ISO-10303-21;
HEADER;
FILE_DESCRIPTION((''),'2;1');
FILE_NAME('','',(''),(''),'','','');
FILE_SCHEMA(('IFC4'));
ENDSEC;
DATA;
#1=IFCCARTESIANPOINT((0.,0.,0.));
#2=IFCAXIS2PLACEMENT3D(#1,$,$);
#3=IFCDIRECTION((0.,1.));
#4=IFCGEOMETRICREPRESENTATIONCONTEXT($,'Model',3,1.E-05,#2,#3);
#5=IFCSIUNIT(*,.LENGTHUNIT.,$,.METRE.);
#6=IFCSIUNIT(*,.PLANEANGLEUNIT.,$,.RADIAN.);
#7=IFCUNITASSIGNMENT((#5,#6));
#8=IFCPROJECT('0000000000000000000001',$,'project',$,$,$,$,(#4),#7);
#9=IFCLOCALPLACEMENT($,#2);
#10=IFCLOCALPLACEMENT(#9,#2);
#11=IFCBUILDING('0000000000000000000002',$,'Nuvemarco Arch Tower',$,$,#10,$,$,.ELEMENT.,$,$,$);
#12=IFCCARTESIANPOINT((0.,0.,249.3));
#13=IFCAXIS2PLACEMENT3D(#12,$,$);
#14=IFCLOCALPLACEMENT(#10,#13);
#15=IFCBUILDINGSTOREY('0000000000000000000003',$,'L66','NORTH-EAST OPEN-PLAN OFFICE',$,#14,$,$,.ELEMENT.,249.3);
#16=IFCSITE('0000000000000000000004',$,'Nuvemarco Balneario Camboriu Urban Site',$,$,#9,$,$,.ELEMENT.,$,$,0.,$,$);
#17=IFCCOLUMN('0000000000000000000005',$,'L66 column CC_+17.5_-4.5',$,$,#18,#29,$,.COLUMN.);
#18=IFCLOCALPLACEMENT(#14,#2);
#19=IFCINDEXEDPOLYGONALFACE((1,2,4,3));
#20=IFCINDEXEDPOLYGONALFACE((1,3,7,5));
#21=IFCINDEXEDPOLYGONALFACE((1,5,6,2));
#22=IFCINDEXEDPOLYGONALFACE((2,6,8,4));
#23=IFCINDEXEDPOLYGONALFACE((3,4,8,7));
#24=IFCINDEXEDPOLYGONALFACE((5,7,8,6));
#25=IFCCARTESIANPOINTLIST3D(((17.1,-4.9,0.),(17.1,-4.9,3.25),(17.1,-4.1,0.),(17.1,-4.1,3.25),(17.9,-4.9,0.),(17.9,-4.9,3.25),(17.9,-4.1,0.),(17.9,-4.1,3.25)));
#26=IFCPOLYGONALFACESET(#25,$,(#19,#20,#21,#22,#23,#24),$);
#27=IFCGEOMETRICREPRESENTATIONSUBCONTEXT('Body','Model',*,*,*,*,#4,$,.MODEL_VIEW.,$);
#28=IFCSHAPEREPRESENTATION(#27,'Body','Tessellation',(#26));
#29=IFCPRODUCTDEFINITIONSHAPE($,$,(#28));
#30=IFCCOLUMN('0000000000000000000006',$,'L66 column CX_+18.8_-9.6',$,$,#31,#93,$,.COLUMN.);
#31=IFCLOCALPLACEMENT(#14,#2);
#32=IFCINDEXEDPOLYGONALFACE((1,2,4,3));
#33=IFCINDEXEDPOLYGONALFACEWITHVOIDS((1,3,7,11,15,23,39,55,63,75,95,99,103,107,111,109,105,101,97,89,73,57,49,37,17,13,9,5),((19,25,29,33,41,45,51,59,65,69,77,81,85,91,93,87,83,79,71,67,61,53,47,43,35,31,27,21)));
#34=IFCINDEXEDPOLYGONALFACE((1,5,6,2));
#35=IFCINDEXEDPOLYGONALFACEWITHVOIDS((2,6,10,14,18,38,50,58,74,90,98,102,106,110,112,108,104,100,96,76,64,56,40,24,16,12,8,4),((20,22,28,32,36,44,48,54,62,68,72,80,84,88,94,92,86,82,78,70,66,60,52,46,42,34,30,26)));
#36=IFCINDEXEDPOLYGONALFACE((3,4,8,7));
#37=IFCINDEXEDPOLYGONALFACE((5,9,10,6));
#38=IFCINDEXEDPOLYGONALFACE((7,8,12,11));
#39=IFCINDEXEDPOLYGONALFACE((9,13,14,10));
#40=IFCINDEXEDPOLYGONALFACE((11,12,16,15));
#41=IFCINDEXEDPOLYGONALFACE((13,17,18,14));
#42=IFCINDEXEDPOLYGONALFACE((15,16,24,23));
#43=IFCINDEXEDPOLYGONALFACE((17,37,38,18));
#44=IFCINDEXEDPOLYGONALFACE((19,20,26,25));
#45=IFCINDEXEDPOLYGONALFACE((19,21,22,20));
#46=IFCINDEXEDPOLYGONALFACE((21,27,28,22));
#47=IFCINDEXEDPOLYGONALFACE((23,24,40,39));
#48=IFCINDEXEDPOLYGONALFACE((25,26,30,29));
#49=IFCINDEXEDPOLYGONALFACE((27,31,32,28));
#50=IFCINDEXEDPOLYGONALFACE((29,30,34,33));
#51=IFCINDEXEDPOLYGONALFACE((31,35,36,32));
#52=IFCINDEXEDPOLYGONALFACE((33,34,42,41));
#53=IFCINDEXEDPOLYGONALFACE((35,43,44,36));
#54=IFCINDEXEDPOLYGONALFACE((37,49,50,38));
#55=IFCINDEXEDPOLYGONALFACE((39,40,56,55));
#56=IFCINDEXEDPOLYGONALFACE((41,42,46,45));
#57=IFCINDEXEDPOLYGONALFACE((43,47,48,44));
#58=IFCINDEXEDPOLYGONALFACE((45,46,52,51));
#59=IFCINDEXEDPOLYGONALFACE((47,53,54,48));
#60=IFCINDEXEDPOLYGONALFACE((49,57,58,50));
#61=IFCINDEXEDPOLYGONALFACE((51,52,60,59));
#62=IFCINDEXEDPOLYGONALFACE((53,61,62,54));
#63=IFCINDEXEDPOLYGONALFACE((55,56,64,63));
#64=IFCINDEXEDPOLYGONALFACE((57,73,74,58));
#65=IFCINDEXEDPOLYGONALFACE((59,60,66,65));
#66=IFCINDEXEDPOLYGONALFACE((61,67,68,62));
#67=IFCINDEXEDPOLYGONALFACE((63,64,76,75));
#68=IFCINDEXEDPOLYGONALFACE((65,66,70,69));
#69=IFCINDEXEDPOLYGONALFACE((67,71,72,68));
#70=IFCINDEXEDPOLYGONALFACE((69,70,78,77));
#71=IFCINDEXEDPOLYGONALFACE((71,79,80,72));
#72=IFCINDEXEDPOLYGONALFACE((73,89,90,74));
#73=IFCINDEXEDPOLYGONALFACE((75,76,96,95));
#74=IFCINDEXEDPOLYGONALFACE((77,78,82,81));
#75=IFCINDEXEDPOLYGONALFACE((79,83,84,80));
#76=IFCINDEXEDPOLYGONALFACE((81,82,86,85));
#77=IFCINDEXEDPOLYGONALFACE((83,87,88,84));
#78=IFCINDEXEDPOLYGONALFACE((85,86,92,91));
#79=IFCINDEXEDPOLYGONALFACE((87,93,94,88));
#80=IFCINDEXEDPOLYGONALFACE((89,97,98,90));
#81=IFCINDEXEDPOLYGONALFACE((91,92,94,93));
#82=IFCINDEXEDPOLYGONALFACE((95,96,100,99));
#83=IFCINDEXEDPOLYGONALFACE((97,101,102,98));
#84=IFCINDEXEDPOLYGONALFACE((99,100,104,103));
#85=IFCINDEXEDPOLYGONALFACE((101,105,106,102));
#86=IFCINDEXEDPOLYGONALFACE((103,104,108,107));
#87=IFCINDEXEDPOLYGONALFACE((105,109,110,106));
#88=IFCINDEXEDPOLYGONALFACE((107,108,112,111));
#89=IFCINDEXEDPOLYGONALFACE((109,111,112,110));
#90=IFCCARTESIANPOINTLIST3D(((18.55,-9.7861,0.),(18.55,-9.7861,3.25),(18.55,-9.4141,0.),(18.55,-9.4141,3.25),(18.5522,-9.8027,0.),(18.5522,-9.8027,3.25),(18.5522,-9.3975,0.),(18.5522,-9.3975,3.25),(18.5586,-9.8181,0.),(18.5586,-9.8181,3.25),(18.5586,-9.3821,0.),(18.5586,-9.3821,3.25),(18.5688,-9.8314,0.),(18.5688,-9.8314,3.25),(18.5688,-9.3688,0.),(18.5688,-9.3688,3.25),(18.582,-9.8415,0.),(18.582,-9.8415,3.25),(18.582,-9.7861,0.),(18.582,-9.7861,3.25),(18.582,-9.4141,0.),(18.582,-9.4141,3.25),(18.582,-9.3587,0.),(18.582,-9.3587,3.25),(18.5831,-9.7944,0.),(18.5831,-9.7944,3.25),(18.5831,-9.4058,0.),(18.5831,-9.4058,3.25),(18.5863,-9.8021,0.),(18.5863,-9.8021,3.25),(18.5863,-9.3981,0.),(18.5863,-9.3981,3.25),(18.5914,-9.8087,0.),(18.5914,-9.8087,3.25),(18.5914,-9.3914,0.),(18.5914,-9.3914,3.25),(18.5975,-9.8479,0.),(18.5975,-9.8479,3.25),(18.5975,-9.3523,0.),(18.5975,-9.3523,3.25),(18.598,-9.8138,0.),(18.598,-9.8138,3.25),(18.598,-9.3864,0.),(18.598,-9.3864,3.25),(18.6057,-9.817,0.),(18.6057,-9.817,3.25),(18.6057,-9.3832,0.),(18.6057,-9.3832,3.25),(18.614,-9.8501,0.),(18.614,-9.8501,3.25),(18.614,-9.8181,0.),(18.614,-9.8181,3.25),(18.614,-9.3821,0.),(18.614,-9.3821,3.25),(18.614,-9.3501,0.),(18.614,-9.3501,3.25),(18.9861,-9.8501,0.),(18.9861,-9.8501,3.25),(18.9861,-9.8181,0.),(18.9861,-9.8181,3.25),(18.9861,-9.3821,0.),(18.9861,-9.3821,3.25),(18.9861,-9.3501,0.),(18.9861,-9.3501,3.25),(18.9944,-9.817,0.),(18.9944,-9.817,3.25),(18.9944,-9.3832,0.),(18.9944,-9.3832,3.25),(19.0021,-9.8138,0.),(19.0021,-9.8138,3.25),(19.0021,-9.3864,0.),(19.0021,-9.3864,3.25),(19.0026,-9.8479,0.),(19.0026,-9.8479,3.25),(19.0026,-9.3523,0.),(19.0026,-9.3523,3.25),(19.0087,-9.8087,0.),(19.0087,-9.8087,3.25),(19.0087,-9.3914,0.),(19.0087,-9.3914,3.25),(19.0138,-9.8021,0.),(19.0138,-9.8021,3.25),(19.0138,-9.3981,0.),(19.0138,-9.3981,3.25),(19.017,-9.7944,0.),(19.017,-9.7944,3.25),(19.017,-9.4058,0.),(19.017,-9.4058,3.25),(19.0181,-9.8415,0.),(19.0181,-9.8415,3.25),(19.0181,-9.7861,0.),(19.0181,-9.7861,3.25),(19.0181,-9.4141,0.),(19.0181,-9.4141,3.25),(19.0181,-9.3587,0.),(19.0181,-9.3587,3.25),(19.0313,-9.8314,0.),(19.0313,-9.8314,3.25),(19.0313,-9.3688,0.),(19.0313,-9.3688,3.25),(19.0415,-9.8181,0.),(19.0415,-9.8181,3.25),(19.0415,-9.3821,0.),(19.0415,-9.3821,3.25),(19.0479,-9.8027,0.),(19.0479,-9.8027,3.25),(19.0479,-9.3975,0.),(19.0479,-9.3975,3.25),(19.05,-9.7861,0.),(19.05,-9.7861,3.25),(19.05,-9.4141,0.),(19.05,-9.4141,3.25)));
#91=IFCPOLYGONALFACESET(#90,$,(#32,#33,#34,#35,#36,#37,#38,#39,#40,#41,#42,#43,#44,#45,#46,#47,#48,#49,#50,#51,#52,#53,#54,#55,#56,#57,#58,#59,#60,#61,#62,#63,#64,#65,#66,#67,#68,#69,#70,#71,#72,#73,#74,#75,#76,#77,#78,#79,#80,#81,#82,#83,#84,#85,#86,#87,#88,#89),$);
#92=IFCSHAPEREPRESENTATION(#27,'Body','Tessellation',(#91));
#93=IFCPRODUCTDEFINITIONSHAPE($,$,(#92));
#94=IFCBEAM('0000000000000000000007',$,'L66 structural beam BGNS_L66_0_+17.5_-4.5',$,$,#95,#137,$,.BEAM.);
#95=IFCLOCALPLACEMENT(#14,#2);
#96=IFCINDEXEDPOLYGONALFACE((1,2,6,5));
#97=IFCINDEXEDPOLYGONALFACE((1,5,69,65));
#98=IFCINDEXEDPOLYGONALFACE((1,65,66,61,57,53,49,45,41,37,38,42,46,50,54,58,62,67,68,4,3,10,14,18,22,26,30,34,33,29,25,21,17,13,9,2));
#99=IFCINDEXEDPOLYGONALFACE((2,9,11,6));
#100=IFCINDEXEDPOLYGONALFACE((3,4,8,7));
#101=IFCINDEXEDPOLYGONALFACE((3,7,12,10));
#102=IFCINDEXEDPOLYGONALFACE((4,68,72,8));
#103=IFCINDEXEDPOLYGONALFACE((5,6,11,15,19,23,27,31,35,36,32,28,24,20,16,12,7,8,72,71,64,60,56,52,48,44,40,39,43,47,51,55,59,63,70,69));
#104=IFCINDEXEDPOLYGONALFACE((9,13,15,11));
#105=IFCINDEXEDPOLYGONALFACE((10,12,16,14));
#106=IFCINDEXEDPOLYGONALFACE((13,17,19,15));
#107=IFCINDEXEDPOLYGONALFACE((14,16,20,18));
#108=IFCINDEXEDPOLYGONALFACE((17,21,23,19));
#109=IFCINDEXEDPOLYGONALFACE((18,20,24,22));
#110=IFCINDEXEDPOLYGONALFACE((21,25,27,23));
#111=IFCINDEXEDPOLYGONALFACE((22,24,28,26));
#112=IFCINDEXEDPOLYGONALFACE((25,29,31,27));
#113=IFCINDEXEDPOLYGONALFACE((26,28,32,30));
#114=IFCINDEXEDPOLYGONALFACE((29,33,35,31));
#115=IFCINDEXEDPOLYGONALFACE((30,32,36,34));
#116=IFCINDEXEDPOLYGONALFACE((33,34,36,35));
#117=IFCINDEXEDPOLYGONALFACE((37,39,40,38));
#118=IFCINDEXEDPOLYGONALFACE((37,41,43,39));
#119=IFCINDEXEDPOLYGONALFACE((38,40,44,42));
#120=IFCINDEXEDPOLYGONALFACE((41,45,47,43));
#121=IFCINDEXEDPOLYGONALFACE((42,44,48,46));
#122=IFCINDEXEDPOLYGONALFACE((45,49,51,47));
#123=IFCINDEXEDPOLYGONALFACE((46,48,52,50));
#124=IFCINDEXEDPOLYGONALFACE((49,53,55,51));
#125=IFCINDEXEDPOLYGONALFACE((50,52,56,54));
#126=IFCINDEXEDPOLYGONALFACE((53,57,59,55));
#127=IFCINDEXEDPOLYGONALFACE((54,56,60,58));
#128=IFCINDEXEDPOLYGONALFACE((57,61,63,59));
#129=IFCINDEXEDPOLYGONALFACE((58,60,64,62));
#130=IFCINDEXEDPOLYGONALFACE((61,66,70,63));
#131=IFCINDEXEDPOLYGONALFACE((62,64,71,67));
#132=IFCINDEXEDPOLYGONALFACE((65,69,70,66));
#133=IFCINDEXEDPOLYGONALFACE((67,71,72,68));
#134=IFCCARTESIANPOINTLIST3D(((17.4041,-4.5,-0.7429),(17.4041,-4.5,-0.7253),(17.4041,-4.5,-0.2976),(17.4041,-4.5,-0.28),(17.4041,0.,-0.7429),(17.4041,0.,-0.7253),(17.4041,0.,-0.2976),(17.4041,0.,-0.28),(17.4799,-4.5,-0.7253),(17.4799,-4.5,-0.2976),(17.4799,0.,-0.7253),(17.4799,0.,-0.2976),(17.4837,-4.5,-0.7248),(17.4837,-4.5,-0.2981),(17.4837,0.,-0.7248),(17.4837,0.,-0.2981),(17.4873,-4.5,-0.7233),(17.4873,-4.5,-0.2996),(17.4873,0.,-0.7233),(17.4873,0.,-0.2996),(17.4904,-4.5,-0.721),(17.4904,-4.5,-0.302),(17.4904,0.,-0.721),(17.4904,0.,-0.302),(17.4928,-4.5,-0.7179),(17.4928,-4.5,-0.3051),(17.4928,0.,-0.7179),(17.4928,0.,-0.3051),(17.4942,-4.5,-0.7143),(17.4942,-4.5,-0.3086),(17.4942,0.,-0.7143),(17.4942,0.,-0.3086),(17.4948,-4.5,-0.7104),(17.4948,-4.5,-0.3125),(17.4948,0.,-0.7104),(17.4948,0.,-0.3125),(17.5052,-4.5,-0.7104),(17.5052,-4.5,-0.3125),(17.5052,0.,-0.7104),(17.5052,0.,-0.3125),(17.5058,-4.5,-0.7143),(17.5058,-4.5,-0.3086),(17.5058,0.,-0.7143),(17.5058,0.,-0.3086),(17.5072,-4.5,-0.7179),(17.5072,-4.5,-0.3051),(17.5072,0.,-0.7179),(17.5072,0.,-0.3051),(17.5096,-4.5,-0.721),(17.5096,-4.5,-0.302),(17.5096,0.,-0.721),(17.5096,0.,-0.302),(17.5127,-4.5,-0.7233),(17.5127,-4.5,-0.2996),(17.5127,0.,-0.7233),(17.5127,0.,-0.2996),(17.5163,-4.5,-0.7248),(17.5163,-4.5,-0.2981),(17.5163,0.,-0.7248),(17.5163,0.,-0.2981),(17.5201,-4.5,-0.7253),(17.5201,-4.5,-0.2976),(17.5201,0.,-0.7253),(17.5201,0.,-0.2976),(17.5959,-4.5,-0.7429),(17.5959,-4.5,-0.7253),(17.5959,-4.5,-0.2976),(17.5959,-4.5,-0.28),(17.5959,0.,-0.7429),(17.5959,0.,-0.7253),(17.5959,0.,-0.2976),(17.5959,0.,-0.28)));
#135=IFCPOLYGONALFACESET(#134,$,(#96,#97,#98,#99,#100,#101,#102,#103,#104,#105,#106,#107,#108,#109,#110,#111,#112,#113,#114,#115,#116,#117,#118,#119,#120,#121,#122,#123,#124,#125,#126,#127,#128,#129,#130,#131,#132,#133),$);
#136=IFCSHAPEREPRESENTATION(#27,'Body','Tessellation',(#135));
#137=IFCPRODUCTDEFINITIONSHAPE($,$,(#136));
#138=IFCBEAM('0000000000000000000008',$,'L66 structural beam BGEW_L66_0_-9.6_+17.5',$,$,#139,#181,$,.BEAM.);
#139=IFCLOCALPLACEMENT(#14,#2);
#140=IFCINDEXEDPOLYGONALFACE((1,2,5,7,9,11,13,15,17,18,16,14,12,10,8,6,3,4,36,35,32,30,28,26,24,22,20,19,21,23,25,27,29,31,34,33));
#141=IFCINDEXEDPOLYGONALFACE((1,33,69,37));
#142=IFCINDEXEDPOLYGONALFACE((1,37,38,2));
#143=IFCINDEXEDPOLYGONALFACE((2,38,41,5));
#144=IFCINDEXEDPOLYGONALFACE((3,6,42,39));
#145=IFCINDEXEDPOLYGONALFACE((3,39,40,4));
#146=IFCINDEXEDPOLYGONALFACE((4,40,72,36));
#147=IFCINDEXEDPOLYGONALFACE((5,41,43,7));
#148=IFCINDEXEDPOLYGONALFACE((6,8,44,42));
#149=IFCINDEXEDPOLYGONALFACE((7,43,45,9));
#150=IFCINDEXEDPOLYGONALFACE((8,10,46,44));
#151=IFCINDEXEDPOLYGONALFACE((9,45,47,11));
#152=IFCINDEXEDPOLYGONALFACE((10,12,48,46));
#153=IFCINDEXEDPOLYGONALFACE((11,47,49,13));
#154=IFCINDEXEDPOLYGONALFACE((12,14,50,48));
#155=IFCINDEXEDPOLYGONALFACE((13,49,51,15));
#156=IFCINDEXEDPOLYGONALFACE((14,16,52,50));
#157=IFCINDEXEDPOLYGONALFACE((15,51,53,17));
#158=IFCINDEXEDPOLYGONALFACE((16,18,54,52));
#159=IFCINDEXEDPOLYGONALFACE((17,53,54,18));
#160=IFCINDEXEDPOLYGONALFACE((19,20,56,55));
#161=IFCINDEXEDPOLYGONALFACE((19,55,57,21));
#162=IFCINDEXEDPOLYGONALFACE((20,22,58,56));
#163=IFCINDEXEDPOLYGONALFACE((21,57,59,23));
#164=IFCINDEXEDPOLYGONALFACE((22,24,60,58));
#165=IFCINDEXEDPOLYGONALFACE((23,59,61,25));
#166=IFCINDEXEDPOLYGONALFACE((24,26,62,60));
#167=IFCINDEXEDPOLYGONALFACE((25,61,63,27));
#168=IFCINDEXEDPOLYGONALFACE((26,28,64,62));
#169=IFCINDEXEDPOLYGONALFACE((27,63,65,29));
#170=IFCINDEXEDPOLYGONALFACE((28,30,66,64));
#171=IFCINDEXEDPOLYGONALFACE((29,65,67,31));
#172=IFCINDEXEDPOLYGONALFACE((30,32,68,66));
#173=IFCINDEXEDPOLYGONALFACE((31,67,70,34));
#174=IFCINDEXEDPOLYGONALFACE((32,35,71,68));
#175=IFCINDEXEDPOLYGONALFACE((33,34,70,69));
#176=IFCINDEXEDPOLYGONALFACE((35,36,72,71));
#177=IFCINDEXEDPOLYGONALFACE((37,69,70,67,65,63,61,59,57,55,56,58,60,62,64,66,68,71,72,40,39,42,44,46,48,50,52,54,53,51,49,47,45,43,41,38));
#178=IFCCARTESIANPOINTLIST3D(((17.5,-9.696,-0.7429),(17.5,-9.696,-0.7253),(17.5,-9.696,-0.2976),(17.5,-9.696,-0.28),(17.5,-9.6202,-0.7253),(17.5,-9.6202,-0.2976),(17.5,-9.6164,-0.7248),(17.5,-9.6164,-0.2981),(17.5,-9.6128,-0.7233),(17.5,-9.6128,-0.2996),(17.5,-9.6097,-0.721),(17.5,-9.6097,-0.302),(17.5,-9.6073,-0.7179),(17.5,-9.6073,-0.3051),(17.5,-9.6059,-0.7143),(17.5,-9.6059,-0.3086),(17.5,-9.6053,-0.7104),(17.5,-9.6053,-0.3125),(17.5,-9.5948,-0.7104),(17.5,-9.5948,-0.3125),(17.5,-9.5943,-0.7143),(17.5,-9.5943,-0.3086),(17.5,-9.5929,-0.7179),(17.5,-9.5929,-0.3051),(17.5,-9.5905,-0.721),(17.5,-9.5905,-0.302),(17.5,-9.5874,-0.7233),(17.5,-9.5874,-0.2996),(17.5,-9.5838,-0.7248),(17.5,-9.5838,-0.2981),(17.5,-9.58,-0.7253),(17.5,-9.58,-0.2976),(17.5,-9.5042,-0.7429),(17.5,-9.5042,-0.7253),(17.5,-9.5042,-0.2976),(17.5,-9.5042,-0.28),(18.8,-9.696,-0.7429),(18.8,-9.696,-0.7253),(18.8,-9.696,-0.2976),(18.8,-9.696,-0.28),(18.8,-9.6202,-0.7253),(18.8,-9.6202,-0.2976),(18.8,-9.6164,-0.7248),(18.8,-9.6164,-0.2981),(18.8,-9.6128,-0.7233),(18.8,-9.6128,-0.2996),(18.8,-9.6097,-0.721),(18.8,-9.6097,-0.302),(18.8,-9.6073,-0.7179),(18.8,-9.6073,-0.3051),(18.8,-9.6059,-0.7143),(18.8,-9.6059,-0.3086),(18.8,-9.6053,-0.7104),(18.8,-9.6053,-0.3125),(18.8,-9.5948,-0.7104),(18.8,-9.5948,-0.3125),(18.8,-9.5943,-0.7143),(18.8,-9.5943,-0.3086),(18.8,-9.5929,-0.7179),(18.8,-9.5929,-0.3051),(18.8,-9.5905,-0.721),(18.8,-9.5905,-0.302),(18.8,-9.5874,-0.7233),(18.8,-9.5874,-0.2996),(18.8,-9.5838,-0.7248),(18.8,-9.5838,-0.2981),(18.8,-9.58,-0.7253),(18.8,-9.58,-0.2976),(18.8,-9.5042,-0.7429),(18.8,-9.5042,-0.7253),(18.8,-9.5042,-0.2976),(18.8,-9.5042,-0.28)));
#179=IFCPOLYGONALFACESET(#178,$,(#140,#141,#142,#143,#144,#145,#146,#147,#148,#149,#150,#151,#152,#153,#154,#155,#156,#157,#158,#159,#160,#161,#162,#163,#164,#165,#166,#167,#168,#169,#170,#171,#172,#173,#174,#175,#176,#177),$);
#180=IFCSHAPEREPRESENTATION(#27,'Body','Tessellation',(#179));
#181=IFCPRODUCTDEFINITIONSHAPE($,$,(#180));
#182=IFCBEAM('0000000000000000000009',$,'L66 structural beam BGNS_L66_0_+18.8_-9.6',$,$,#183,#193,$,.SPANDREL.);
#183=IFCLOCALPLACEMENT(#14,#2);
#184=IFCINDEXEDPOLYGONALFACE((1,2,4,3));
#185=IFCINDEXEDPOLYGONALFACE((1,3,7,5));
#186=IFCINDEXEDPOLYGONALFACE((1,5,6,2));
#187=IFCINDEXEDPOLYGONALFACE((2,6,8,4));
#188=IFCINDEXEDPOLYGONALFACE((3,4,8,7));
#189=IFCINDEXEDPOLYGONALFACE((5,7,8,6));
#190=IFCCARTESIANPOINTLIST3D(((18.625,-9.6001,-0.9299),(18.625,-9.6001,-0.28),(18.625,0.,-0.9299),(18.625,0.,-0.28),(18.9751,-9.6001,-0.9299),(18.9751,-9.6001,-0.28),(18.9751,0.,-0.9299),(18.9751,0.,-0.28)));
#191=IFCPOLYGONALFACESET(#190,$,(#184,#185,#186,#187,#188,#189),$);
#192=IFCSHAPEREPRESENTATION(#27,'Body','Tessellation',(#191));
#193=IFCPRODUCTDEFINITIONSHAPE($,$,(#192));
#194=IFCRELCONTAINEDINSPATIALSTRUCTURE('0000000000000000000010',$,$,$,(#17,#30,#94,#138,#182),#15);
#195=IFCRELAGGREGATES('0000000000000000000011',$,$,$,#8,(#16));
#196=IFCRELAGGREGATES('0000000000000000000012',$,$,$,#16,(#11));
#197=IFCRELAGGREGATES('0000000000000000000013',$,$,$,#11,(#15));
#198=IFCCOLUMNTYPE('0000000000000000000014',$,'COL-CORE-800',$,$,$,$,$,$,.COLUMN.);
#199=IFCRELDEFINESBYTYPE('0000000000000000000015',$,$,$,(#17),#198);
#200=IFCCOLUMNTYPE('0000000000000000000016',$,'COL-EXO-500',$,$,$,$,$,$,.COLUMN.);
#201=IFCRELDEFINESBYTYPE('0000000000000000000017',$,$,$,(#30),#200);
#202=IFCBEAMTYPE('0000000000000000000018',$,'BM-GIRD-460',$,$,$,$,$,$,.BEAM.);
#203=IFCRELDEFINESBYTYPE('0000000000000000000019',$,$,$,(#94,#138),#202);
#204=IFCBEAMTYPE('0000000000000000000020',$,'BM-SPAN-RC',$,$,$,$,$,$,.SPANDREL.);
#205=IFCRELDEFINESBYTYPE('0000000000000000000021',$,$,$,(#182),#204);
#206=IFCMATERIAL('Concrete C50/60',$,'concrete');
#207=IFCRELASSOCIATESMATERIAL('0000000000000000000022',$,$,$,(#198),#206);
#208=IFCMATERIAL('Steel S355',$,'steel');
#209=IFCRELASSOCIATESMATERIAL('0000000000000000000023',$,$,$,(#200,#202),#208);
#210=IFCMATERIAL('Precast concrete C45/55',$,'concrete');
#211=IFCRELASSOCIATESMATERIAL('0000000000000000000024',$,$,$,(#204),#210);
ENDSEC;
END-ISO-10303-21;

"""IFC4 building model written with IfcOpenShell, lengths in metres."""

from ifc_helpers import new_model, si_unit, direction, frame, origin, origin_2d, place, context, subcontext, project, spatial, rectangle, hollow_rectangle, i_section, extrude, material, material_profile, profile_set, type_object, element, save


model = new_model("IFC4")

# Units and contexts
model_context = context("Model", 3, precision=1e-05, world=origin(), true_north=direction((0.0, 1.0)))
body_context = subcontext(model_context, "Body", "Model", "MODEL_VIEW")
ifc_project = project(units=[si_unit("LENGTHUNIT", "METRE"), si_unit("PLANEANGLEUNIT", "RADIAN")], contexts=[model_context])

# Site, building, storey
site_placement = place(None, origin())
site = spatial("IfcSite", under=ifc_project, at=site_placement, Name="Nuvemarco Balneario Camboriu Urban Site", CompositionType="ELEMENT", RefElevation=0.0)
building_placement = place(site_placement, origin())
building = spatial("IfcBuilding", under=site, at=building_placement, Name="Nuvemarco Arch Tower", CompositionType="ELEMENT")
storey_placement = place(building_placement, frame((0.0, 0.0, 249.3)))
storey = spatial("IfcBuildingStorey", under=building, at=storey_placement, Name="L66", Description="NORTH-EAST OPEN-PLAN OFFICE", CompositionType="ELEMENT", Elevation=249.3)

# Columns
ifc_material_1 = material(Name="Concrete C50/60", Category="concrete")
ifc_material_profile_1 = material_profile(ifc_material_1, rectangle(XDim=0.8, YDim=0.8, at=origin_2d()), Name="RC-COL-800x800")
ifc_profile_set_1 = profile_set([ifc_material_profile_1], Name="Concrete C50/60")
column_type_1 = type_object("IfcColumnType", Name="COL-CORE-800", PredefinedType="COLUMN", material=ifc_profile_set_1)
column_1_placement = place(storey_placement, frame((17.5, -4.5, 0.0), z_axis=(0.0, 0.0, 1.0), x_axis=(1.0, 0.0, 0.0)))
element("IfcColumn", 1, at=column_1_placement, inside=storey, type_object=column_type_1, Name="L66 column CC_+17.5_-4.5", PredefinedType="COLUMN", context=body_context, shape_type="SweptSolid", body=[
    extrude(rectangle(XDim=0.8, YDim=0.8, at=origin_2d()), origin(), (0.0, 0.0, 1.0), 3.25),
])
ifc_material_2 = material(Name="Steel S355", Category="steel")
ifc_material_profile_2 = material_profile(ifc_material_2, hollow_rectangle(XDim=0.5, YDim=0.5, WallThickness=0.032, InnerFilletRadius=0.032, OuterFilletRadius=0.064, at=origin_2d()), Name="SHS500x500x32")
ifc_profile_set_2 = profile_set([ifc_material_profile_2], Name="Steel S355")
column_type_2 = type_object("IfcColumnType", Name="COL-EXO-500", PredefinedType="COLUMN", material=ifc_profile_set_2)
column_2_placement = place(storey_placement, frame((18.8, -9.6001, 0.0), z_axis=(0.0, 0.0, 1.0), x_axis=(1.0, 0.0, 0.0)))
element("IfcColumn", 2, at=column_2_placement, inside=storey, type_object=column_type_2, Name="L66 column CX_+18.8_-9.6", PredefinedType="COLUMN", context=body_context, shape_type="SweptSolid", body=[
    extrude(hollow_rectangle(XDim=0.5, YDim=0.5, WallThickness=0.032, InnerFilletRadius=0.032, OuterFilletRadius=0.064, at=origin_2d()), origin(), (0.0, 0.0, 1.0), 3.25),
])

# Beams
ifc_material_profile_3 = material_profile(ifc_material_2, i_section(OverallWidth=0.1919, OverallDepth=0.4629, WebThickness=0.0105, FlangeThickness=0.0176, FilletRadius=0.0149, at=origin_2d()), Name="W460x89")
ifc_profile_set_3 = profile_set([ifc_material_profile_3], Name="Steel S355")
beam_type_1 = type_object("IfcBeamType", Name="BM-GIRD-460", PredefinedType="BEAM", material=ifc_profile_set_3)
beam_1_placement = place(storey_placement, frame((17.5, -4.5, -0.5115), z_axis=(0.0, 1.0, 0.0), x_axis=(-1.0, 0.0, 0.0)))
element("IfcBeam", 3, at=beam_1_placement, inside=storey, type_object=beam_type_1, Name="L66 structural beam BGNS_L66_0_+17.5_-4.5", PredefinedType="BEAM", context=body_context, shape_type="SweptSolid", body=[
    extrude(i_section(OverallWidth=0.1919, OverallDepth=0.4629, WebThickness=0.0105, FlangeThickness=0.0176, FilletRadius=0.0149, at=origin_2d()), origin(), (0.0, 0.0, 1.0), 4.5),
])
beam_2_placement = place(storey_placement, frame((17.5, -9.6001, -0.5115), z_axis=(1.0, 0.0, 0.0), x_axis=(0.0, 1.0, 0.0)))
element("IfcBeam", 4, at=beam_2_placement, inside=storey, type_object=beam_type_1, Name="L66 structural beam BGEW_L66_0_-9.6_+17.5", PredefinedType="BEAM", context=body_context, shape_type="SweptSolid", body=[
    extrude(i_section(OverallWidth=0.1919, OverallDepth=0.4629, WebThickness=0.0105, FlangeThickness=0.0176, FilletRadius=0.0149, at=origin_2d()), origin(), (0.0, 0.0, 1.0), 1.3),
])
ifc_material_3 = material(Name="Precast concrete C45/55", Category="concrete")
ifc_material_profile_4 = material_profile(ifc_material_3, rectangle(XDim=0.3501, YDim=0.6499, at=origin_2d()), Name="PC-SP-350x650")
ifc_profile_set_4 = profile_set([ifc_material_profile_4], Name="Precast concrete C45/55")
beam_type_2 = type_object("IfcBeamType", Name="BM-SPAN-RC", PredefinedType="SPANDREL", material=ifc_profile_set_4)
beam_3_placement = place(storey_placement, frame((18.8, -9.6001, -0.605), z_axis=(0.0, 1.0, 0.0), x_axis=(-1.0, 0.0, 0.0)))
element("IfcBeam", 5, at=beam_3_placement, inside=storey, type_object=beam_type_2, Name="L66 structural beam BGNS_L66_0_+18.8_-9.6", PredefinedType="SPANDREL", context=body_context, shape_type="SweptSolid", body=[
    extrude(rectangle(XDim=0.3501, YDim=0.6499, at=origin_2d()), origin(), (0.0, 0.0, 1.0), 9.6001),
])

save(model, "model.ifc")
